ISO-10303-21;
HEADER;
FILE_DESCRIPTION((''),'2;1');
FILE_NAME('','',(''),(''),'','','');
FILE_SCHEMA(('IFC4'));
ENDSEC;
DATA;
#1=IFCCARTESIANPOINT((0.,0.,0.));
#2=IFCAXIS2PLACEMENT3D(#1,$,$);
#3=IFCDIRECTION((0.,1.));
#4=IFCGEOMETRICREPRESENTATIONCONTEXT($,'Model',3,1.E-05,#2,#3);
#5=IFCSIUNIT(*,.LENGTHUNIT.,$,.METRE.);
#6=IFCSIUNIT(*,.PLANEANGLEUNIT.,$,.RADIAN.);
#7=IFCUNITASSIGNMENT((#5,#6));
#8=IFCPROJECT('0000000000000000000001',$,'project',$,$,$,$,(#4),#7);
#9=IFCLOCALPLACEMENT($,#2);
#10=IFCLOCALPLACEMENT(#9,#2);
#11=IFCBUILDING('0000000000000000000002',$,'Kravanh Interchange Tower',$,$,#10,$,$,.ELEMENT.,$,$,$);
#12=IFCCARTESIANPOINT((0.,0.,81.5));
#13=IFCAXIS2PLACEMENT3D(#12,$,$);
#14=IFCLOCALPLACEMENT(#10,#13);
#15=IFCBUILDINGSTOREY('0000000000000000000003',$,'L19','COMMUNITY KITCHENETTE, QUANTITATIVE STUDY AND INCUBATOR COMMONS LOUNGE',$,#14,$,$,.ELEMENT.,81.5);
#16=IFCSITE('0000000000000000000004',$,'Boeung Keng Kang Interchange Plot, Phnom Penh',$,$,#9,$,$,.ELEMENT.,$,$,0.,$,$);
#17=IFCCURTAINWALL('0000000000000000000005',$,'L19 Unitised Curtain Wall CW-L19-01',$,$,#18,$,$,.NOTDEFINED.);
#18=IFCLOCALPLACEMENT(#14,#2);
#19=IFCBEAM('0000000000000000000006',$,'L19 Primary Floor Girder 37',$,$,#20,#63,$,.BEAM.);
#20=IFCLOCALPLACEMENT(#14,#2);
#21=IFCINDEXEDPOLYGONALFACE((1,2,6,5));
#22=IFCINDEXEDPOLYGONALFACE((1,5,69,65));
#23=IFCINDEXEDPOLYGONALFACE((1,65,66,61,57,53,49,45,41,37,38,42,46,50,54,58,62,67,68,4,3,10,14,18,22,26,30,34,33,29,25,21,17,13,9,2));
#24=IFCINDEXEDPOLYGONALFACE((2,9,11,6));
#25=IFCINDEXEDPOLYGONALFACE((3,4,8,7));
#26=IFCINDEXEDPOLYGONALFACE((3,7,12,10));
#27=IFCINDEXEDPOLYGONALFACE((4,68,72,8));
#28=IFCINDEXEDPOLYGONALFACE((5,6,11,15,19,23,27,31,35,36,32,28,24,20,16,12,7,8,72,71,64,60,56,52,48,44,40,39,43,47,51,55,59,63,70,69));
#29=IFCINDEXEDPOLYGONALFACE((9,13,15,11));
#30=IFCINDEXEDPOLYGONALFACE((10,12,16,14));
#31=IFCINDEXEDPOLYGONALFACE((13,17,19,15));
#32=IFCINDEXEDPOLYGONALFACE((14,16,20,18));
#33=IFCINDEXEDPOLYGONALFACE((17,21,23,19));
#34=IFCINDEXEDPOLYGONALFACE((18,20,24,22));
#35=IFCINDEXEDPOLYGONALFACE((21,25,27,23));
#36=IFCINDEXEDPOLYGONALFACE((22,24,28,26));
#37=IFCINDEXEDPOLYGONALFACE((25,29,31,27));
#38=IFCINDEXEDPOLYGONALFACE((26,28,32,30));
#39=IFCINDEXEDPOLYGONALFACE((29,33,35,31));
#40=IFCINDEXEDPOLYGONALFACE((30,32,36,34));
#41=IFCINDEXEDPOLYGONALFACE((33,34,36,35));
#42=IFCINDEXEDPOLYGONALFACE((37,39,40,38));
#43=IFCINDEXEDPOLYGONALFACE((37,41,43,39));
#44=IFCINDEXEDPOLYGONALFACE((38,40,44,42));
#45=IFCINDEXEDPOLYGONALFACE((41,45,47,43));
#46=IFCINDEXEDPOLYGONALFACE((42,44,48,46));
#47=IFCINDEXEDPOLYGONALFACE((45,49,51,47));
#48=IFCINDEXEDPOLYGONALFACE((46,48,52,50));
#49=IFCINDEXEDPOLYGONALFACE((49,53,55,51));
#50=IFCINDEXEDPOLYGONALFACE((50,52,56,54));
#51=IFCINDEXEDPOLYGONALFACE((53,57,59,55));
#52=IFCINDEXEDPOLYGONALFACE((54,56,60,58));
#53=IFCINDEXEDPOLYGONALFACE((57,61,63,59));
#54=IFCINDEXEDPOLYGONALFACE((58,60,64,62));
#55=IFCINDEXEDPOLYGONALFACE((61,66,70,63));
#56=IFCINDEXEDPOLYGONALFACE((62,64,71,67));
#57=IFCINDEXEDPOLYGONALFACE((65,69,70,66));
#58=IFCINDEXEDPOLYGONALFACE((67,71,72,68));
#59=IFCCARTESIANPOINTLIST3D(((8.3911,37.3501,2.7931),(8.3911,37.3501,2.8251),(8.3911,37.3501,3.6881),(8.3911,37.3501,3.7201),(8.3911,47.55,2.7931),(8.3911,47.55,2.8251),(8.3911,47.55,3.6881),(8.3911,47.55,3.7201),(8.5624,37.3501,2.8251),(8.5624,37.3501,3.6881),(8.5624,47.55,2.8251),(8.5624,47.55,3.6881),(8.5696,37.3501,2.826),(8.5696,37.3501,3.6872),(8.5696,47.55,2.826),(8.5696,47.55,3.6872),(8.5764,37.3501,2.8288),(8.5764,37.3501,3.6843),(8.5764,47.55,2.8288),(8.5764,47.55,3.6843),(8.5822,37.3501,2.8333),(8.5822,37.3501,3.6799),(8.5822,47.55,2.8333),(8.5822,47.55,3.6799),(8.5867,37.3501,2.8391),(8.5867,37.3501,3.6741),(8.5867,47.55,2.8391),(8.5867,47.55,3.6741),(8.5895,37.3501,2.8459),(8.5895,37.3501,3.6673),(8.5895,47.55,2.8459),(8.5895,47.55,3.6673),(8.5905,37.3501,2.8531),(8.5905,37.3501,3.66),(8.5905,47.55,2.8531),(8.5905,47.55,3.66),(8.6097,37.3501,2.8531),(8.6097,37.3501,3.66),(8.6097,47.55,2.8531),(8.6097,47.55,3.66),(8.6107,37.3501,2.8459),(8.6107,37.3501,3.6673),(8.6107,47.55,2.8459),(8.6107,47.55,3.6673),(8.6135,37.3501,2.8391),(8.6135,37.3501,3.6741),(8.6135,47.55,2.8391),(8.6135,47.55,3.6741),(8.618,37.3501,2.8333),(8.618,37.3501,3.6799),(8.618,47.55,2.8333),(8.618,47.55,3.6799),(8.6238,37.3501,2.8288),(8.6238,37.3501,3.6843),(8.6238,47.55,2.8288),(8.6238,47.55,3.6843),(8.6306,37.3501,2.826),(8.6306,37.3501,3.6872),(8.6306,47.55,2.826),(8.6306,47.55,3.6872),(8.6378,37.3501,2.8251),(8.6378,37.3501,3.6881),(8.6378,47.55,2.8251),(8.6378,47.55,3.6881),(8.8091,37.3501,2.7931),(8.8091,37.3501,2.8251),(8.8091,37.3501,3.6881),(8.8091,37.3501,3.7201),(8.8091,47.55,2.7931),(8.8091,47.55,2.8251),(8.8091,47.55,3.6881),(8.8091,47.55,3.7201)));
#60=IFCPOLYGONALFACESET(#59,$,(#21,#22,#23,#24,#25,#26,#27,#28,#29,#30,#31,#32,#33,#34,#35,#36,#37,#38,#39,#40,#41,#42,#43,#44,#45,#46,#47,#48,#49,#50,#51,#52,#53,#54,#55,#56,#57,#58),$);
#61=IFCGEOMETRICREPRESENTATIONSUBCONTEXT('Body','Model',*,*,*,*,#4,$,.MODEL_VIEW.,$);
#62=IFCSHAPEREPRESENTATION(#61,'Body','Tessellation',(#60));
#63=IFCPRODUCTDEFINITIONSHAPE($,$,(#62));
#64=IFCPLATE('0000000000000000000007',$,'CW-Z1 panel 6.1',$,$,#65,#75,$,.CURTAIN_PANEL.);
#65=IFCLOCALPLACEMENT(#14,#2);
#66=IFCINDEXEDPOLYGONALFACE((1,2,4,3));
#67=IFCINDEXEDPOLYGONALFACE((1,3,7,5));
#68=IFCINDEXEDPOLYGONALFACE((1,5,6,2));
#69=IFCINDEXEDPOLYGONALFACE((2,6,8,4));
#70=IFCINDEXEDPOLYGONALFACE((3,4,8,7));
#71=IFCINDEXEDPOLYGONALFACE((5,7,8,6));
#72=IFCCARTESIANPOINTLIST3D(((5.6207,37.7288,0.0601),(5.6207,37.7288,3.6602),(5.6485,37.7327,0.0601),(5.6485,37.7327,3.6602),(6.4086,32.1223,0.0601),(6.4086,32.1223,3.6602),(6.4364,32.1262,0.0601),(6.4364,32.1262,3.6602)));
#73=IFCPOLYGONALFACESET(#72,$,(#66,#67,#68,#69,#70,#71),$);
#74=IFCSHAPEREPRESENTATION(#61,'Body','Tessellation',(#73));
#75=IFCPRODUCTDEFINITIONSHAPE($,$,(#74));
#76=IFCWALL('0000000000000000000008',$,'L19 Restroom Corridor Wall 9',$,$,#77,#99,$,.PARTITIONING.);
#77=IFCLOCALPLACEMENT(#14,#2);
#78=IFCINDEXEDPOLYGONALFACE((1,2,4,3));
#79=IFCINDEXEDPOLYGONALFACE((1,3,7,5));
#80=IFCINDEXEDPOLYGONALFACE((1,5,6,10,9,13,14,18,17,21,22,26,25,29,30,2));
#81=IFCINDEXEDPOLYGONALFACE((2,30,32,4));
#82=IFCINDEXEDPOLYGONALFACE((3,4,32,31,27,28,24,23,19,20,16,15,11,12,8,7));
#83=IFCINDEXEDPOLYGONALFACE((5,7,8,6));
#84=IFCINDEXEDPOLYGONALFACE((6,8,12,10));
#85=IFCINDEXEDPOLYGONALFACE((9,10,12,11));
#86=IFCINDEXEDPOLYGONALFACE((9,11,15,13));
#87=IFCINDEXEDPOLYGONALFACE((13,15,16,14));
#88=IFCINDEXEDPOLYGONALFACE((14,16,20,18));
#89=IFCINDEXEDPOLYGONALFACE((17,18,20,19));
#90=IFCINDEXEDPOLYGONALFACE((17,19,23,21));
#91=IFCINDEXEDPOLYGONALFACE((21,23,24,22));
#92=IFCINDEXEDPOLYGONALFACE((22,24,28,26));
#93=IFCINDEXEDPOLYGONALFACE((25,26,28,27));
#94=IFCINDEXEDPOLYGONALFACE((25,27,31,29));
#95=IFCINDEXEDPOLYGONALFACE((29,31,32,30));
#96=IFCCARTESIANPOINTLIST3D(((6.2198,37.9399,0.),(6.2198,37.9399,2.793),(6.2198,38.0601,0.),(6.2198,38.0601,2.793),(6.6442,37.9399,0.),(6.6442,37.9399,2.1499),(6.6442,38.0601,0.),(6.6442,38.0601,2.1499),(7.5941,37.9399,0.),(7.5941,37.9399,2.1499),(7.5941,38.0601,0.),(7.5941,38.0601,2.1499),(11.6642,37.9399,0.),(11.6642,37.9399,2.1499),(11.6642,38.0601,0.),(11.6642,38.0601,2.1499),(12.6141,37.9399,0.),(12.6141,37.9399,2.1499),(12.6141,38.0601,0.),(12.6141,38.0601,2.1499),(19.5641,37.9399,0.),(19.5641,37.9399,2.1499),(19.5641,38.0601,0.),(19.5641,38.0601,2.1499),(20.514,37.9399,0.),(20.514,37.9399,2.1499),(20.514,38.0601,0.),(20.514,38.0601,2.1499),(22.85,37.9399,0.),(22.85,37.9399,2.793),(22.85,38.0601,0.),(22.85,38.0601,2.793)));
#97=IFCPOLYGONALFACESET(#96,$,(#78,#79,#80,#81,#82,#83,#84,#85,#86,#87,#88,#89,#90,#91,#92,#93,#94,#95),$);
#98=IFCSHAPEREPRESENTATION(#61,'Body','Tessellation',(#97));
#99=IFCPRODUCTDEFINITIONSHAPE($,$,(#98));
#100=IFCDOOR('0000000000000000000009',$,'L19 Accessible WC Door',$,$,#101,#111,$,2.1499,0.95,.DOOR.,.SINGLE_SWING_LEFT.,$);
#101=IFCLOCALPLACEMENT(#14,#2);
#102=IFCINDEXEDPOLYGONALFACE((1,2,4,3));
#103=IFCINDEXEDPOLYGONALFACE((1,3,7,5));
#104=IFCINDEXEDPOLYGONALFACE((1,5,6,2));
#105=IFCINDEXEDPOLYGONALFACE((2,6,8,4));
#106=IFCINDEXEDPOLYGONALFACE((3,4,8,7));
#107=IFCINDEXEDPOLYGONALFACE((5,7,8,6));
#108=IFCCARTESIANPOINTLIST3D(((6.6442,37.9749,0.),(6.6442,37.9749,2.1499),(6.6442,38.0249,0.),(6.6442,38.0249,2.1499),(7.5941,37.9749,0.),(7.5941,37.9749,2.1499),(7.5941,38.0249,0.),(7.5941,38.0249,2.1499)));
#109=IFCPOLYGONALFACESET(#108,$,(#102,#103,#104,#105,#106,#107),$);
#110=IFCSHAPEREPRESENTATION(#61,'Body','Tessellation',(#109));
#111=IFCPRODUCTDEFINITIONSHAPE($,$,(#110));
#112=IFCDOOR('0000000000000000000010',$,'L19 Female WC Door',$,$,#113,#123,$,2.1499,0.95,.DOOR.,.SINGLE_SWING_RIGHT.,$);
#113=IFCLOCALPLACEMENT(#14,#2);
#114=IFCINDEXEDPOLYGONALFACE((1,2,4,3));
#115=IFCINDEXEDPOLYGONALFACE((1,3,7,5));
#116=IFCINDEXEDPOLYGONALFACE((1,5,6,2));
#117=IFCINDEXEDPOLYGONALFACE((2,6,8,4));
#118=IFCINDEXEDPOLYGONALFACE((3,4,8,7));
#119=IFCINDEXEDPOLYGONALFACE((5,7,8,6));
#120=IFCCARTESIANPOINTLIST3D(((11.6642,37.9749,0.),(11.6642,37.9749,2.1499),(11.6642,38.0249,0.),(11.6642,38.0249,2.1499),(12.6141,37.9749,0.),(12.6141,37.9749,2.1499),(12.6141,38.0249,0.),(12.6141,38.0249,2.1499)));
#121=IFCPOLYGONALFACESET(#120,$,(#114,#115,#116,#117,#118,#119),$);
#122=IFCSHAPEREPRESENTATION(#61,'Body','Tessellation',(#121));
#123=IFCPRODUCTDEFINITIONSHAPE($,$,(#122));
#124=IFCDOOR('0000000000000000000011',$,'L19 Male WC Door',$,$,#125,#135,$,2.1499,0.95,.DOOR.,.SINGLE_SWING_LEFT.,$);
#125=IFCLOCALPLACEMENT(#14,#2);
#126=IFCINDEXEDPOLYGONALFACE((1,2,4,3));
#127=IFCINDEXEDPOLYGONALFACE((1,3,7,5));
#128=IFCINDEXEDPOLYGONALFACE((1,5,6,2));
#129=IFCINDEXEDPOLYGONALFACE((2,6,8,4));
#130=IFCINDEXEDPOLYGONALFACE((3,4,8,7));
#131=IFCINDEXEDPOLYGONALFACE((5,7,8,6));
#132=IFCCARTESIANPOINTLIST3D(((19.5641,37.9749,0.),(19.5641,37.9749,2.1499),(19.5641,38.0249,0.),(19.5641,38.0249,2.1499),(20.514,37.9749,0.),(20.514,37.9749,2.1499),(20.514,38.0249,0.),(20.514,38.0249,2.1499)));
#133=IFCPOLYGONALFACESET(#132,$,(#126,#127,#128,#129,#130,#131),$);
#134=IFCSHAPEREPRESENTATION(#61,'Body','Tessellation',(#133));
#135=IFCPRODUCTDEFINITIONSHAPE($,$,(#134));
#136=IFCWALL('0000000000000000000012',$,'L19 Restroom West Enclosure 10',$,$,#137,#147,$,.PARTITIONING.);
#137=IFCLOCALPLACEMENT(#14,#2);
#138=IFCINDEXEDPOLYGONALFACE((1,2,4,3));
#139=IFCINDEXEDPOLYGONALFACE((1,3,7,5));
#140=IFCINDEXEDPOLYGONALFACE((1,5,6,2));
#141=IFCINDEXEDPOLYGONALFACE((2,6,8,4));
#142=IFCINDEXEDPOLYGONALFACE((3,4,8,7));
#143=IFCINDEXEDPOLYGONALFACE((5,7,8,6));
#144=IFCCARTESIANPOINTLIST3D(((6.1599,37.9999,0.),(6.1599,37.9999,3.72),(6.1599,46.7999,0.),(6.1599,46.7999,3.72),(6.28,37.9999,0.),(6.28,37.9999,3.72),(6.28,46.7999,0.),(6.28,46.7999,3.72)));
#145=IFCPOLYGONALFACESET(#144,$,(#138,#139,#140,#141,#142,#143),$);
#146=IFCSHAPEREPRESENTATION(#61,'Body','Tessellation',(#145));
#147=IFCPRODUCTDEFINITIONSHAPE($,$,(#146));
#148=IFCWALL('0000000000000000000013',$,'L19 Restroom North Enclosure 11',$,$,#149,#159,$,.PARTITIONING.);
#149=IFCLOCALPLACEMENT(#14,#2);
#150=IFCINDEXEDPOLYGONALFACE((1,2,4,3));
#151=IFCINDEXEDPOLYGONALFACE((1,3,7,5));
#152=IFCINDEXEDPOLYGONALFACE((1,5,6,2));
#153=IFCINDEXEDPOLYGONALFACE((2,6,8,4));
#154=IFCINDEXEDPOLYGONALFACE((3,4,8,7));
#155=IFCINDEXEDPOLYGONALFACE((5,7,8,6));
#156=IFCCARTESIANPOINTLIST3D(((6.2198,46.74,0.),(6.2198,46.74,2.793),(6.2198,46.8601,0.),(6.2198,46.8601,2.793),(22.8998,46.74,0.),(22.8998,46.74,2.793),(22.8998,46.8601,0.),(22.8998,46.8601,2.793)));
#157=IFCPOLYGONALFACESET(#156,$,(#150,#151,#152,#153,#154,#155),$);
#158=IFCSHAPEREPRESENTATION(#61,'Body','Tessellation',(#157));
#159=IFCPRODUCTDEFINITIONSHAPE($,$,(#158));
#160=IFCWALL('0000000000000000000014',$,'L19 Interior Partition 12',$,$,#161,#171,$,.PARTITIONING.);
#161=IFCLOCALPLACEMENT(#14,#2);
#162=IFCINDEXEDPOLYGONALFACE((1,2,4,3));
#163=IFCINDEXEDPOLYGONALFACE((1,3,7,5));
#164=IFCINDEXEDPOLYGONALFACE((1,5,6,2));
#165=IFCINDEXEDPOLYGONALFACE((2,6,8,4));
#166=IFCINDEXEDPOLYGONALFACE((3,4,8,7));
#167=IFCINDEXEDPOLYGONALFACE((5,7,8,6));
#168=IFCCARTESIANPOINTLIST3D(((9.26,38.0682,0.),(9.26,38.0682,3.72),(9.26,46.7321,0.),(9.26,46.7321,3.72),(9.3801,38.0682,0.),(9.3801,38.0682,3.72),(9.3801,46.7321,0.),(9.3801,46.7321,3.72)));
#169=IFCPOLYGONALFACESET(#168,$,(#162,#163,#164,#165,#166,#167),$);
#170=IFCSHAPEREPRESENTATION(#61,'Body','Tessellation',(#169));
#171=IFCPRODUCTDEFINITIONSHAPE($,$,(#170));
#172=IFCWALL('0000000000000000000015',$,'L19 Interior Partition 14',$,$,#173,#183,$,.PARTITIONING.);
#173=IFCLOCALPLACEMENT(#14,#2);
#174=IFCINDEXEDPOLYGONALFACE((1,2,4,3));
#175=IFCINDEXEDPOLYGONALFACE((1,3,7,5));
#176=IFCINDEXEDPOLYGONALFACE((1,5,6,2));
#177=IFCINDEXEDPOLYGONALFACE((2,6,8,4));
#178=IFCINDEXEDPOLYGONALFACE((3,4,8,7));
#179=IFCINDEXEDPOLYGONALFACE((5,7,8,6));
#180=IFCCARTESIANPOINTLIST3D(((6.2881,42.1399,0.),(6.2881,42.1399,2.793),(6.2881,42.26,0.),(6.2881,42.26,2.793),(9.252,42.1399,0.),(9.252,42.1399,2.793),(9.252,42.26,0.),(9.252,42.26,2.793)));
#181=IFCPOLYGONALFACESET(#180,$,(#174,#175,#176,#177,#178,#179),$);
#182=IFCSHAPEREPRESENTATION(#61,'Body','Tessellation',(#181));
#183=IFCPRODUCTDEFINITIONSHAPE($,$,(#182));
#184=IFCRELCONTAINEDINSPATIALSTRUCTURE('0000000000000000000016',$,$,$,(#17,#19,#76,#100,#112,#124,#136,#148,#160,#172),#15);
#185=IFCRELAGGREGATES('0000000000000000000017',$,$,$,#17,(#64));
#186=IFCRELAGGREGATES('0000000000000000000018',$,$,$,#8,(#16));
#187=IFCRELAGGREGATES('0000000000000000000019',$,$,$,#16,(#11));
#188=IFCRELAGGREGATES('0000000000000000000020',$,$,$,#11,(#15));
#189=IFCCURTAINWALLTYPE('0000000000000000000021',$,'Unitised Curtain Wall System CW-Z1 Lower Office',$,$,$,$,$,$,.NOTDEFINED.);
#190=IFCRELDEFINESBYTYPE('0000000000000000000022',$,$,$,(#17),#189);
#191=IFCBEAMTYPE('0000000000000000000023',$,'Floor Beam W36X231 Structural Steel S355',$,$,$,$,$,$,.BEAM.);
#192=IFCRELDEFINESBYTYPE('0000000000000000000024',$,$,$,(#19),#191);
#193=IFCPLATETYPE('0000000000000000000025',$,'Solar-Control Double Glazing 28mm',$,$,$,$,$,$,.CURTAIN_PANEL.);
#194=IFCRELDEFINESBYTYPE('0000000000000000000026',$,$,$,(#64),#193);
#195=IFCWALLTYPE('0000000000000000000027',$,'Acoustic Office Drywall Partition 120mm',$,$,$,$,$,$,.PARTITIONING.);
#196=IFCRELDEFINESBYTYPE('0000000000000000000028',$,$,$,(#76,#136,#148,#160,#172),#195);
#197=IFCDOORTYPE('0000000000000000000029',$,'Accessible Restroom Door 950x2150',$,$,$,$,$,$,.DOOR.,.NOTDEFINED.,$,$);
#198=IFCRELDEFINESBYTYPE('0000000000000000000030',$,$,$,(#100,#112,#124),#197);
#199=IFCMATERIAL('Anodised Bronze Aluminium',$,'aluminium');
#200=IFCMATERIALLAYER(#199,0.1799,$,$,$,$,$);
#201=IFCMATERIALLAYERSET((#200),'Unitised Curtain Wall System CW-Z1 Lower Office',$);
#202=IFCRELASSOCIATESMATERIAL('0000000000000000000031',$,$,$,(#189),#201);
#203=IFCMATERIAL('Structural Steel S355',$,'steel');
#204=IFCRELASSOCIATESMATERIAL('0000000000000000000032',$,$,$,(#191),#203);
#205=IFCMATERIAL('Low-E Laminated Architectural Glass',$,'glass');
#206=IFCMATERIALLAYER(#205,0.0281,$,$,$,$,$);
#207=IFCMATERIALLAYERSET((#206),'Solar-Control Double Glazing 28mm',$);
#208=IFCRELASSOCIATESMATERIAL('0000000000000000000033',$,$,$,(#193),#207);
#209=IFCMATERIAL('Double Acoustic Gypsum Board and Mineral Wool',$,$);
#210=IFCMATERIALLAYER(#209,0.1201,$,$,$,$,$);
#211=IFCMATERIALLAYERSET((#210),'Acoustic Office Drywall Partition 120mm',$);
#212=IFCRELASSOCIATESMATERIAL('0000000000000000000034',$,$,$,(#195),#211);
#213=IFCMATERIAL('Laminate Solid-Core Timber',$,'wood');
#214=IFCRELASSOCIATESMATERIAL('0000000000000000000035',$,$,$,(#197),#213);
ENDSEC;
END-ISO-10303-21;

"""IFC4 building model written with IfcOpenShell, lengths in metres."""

from ifc_helpers import new_model, si_unit, direction, frame, frame_2d, origin, origin_2d, place, context, subcontext, project, spatial, rectangle, i_section, extrude, material, layer, layer_set, material_profile, profile_set, type_object, element, fill, aggregate, save


model = new_model("IFC4")

# Units and contexts
model_context = context("Model", 3, precision=1e-05, world=origin(), true_north=direction((0.0, 1.0)))
body_context = subcontext(model_context, "Body", "Model", "MODEL_VIEW")
ifc_project = project(units=[si_unit("LENGTHUNIT", "METRE"), si_unit("PLANEANGLEUNIT", "RADIAN")], contexts=[model_context])

# Site, building, storey
site_placement = place(None, origin())
site = spatial("IfcSite", under=ifc_project, at=site_placement, Name="Boeung Keng Kang Interchange Plot, Phnom Penh", CompositionType="ELEMENT", RefElevation=0.0)
building_placement = place(site_placement, origin())
building = spatial("IfcBuilding", under=site, at=building_placement, Name="Kravanh Interchange Tower", CompositionType="ELEMENT")
storey_placement = place(building_placement, frame((0.0, 0.0, 81.5)))
storey = spatial("IfcBuildingStorey", under=building, at=storey_placement, Name="L19", Description="COMMUNITY KITCHENETTE, QUANTITATIVE STUDY AND INCUBATOR COMMONS LOUNGE", CompositionType="ELEMENT", Elevation=81.5)

# Curtain wall
ifc_material_1 = material(Name="Anodised Bronze Aluminium", Category="aluminium")
ifc_layer_1 = layer(ifc_material_1, 0.1799)
ifc_layer_set_1 = layer_set([ifc_layer_1], Name="Unitised Curtain Wall System CW-Z1 Lower Office")
curtain_wall_type = type_object("IfcCurtainWallType", Name="Unitised Curtain Wall System CW-Z1 Lower Office", PredefinedType="NOTDEFINED", material=ifc_layer_set_1)
curtain_wall_placement = place(storey_placement, origin())
curtain_wall = element("IfcCurtainWall", 1, at=curtain_wall_placement, inside=storey, type_object=curtain_wall_type, Name="L19 Unitised Curtain Wall CW-L19-01", PredefinedType="NOTDEFINED")

# Beam
ifc_material_2 = material(Name="Structural Steel S355", Category="steel")
ifc_material_profile_1 = material_profile(ifc_material_2, i_section(OverallWidth=0.418, OverallDepth=0.927, WebThickness=0.0193, FlangeThickness=0.032, FilletRadius=0.0281, at=origin_2d()), Name="W36X231")
ifc_profile_set_1 = profile_set([ifc_material_profile_1], Name="Structural Steel S355")
beam_type = type_object("IfcBeamType", Name="Floor Beam W36X231 Structural Steel S355", PredefinedType="BEAM", material=ifc_profile_set_1)
beam_1_placement = place(storey_placement, frame((8.6001, 37.3501, 3.2566), z_axis=(0.0, 1.0, 0.0), x_axis=(-1.0, 0.0, 0.0)))
element("IfcBeam", 2, at=beam_1_placement, inside=storey, type_object=beam_type, Name="L19 Primary Floor Girder 37", PredefinedType="BEAM", context=body_context, shape_type="SweptSolid", body=[
    extrude(i_section(OverallWidth=0.418, OverallDepth=0.927, WebThickness=0.0193, FlangeThickness=0.032, FilletRadius=0.0281, at=origin_2d()), origin(), (0.0, 0.0, 1.0), 10.2),
])

# Plate
ifc_material_3 = material(Name="Low-E Laminated Architectural Glass", Category="glass")
ifc_layer_2 = layer(ifc_material_3, 0.0281)
ifc_layer_set_2 = layer_set([ifc_layer_2], Name="Solar-Control Double Glazing 28mm")
plate_type = type_object("IfcPlateType", Name="Solar-Control Double Glazing 28mm", PredefinedType="CURTAIN_PANEL", material=ifc_layer_set_2)
plate_placement = place(storey_placement, frame((6.0286, 34.9275, 0.0601), z_axis=(0.0, 0.0, 1.0), x_axis=(-0.139177, 0.990268, 0.0)))
plate = element("IfcPlate", 3, at=plate_placement, type_object=plate_type, Name="CW-Z1 panel 6.1", PredefinedType="CURTAIN_PANEL", context=body_context, shape_type="SweptSolid", body=[
    extrude(rectangle(XDim=5.6616, YDim=0.0281, at=origin_2d()), origin(), (0.0, 0.0, 1.0), 3.6001),
])
aggregate(curtain_wall, [plate])

# Wall, openings, doors
ifc_material_4 = material(Name="Double Acoustic Gypsum Board and Mineral Wool")
ifc_layer_3 = layer(ifc_material_4, 0.1201)
ifc_layer_set_3 = layer_set([ifc_layer_3], Name="Acoustic Office Drywall Partition 120mm")
wall_type_1 = type_object("IfcWallType", Name="Acoustic Office Drywall Partition 120mm", PredefinedType="PARTITIONING", material=ifc_layer_set_3)
wall_1_placement = place(storey_placement, frame((6.22, 38.0, 0.0), z_axis=(0.0, 0.0, 1.0), x_axis=(1.0, 0.0, 0.0)))
wall_1 = element("IfcWall", 4, at=wall_1_placement, inside=storey, type_object=wall_type_1, Name="L19 Restroom Corridor Wall 9", PredefinedType="PARTITIONING", context=body_context, shape_type="SweptSolid", body=[
    extrude(rectangle(XDim=16.6301, YDim=0.1201, at=frame_2d((8.3149, 0.0))), origin(), (0.0, 0.0, 1.0), 2.793),
])
opening_1_placement = place(wall_1_placement, frame((0.4241, 0.0, 0.0)))
opening_1 = element("IfcOpeningElement", 5, at=opening_1_placement, cuts=wall_1, PredefinedType="OPENING", context=body_context, shape_type="SweptSolid", body=[
    extrude(rectangle(XDim=0.95, YDim=2.1499, at=frame_2d((0.4751, 1.075))), frame((0.0, 0.0701, 0.0), z_axis=(0.0, -1.0, 0.0), x_axis=(1.0, 0.0, 0.0)), (0.0, 0.0, 1.0), 0.1401),
])
opening_2_placement = place(wall_1_placement, frame((5.4441, 0.0, 0.0)))
opening_2 = element("IfcOpeningElement", 6, at=opening_2_placement, cuts=wall_1, PredefinedType="OPENING", context=body_context, shape_type="SweptSolid", body=[
    extrude(rectangle(XDim=0.95, YDim=2.1499, at=frame_2d((0.4751, 1.075))), frame((0.0, 0.0701, 0.0), z_axis=(0.0, -1.0, 0.0), x_axis=(1.0, 0.0, 0.0)), (0.0, 0.0, 1.0), 0.1401),
])
opening_3_placement = place(wall_1_placement, frame((13.344, 0.0, 0.0)))
opening_3 = element("IfcOpeningElement", 7, at=opening_3_placement, cuts=wall_1, PredefinedType="OPENING", context=body_context, shape_type="SweptSolid", body=[
    extrude(rectangle(XDim=0.95, YDim=2.1499, at=frame_2d((0.4751, 1.075))), frame((0.0, 0.0701, 0.0), z_axis=(0.0, -1.0, 0.0), x_axis=(1.0, 0.0, 0.0)), (0.0, 0.0, 1.0), 0.1401),
])
ifc_material_5 = material(Name="Laminate Solid-Core Timber", Category="wood")
door_type = type_object("IfcDoorType", Name="Accessible Restroom Door 950x2150", OperationType="NOTDEFINED", PredefinedType="DOOR", material=ifc_material_5)
door_1_placement = place(opening_1_placement, origin())
door_1 = element("IfcDoor", 8, at=door_1_placement, inside=storey, type_object=door_type, Name="L19 Accessible WC Door", OperationType="SINGLE_SWING_LEFT", OverallHeight=2.1499, OverallWidth=0.95, PredefinedType="DOOR", context=body_context, shape_type="SweptSolid", body=[
    extrude(rectangle(XDim=0.95, YDim=2.1499, at=frame_2d((0.4751, 1.075))), frame((0.0, 0.0249, 0.0), z_axis=(0.0, -1.0, 0.0), x_axis=(1.0, 0.0, 0.0)), (0.0, 0.0, 1.0), 0.05),
])
fill(opening_1, door_1)
door_2_placement = place(opening_2_placement, origin())
door_2 = element("IfcDoor", 9, at=door_2_placement, inside=storey, type_object=door_type, Name="L19 Female WC Door", OperationType="SINGLE_SWING_RIGHT", OverallHeight=2.1499, OverallWidth=0.95, PredefinedType="DOOR", context=body_context, shape_type="SweptSolid", body=[
    extrude(rectangle(XDim=0.95, YDim=2.1499, at=frame_2d((0.4751, 1.075))), frame((0.0, 0.0249, 0.0), z_axis=(0.0, -1.0, 0.0), x_axis=(1.0, 0.0, 0.0)), (0.0, 0.0, 1.0), 0.05),
])
fill(opening_2, door_2)
door_3_placement = place(opening_3_placement, origin())
door_3 = element("IfcDoor", 10, at=door_3_placement, inside=storey, type_object=door_type, Name="L19 Male WC Door", OperationType="SINGLE_SWING_LEFT", OverallHeight=2.1499, OverallWidth=0.95, PredefinedType="DOOR", context=body_context, shape_type="SweptSolid", body=[
    extrude(rectangle(XDim=0.95, YDim=2.1499, at=frame_2d((0.4751, 1.075))), frame((0.0, 0.0249, 0.0), z_axis=(0.0, -1.0, 0.0), x_axis=(1.0, 0.0, 0.0)), (0.0, 0.0, 1.0), 0.05),
])
fill(opening_3, door_3)

# Walls
wall_2_placement = place(storey_placement, frame((6.22, 38.0, 0.0), z_axis=(0.0, 0.0, 1.0), x_axis=(0.0, 1.0, 0.0)))
element("IfcWall", 11, at=wall_2_placement, inside=storey, type_object=wall_type_1, Name="L19 Restroom West Enclosure 10", PredefinedType="PARTITIONING", context=body_context, shape_type="SweptSolid", body=[
    extrude(rectangle(XDim=8.8, YDim=0.1201, at=frame_2d((4.3999, 0.0))), origin(), (0.0, 0.0, 1.0), 3.72),
])
wall_3_placement = place(storey_placement, frame((6.22, 46.8, 0.0), z_axis=(0.0, 0.0, 1.0), x_axis=(1.0, 0.0, 0.0)))
element("IfcWall", 12, at=wall_3_placement, inside=storey, type_object=wall_type_1, Name="L19 Restroom North Enclosure 11", PredefinedType="PARTITIONING", context=body_context, shape_type="SweptSolid", body=[
    extrude(rectangle(XDim=16.6799, YDim=0.1201, at=frame_2d((8.3398, 0.0))), origin(), (0.0, 0.0, 1.0), 2.793),
])
wall_4_placement = place(storey_placement, frame((9.3201, 38.0681, 0.0), z_axis=(0.0, 0.0, 1.0), x_axis=(0.0, 1.0, 0.0)))
element("IfcWall", 13, at=wall_4_placement, inside=storey, type_object=wall_type_1, Name="L19 Interior Partition 12", PredefinedType="PARTITIONING", context=body_context, shape_type="SweptSolid", body=[
    extrude(rectangle(XDim=8.6638, YDim=0.1201, at=frame_2d((4.332, 0.0))), origin(), (0.0, 0.0, 1.0), 3.72),
])
wall_5_placement = place(storey_placement, frame((6.2881, 42.2, 0.0), z_axis=(0.0, 0.0, 1.0), x_axis=(1.0, 0.0, 0.0)))
element("IfcWall", 14, at=wall_5_placement, inside=storey, type_object=wall_type_1, Name="L19 Interior Partition 14", PredefinedType="PARTITIONING", context=body_context, shape_type="SweptSolid", body=[
    extrude(rectangle(XDim=2.9639, YDim=0.1201, at=frame_2d((1.4819, 0.0))), origin(), (0.0, 0.0, 1.0), 2.793),
])

save(model, "model.ifc")
